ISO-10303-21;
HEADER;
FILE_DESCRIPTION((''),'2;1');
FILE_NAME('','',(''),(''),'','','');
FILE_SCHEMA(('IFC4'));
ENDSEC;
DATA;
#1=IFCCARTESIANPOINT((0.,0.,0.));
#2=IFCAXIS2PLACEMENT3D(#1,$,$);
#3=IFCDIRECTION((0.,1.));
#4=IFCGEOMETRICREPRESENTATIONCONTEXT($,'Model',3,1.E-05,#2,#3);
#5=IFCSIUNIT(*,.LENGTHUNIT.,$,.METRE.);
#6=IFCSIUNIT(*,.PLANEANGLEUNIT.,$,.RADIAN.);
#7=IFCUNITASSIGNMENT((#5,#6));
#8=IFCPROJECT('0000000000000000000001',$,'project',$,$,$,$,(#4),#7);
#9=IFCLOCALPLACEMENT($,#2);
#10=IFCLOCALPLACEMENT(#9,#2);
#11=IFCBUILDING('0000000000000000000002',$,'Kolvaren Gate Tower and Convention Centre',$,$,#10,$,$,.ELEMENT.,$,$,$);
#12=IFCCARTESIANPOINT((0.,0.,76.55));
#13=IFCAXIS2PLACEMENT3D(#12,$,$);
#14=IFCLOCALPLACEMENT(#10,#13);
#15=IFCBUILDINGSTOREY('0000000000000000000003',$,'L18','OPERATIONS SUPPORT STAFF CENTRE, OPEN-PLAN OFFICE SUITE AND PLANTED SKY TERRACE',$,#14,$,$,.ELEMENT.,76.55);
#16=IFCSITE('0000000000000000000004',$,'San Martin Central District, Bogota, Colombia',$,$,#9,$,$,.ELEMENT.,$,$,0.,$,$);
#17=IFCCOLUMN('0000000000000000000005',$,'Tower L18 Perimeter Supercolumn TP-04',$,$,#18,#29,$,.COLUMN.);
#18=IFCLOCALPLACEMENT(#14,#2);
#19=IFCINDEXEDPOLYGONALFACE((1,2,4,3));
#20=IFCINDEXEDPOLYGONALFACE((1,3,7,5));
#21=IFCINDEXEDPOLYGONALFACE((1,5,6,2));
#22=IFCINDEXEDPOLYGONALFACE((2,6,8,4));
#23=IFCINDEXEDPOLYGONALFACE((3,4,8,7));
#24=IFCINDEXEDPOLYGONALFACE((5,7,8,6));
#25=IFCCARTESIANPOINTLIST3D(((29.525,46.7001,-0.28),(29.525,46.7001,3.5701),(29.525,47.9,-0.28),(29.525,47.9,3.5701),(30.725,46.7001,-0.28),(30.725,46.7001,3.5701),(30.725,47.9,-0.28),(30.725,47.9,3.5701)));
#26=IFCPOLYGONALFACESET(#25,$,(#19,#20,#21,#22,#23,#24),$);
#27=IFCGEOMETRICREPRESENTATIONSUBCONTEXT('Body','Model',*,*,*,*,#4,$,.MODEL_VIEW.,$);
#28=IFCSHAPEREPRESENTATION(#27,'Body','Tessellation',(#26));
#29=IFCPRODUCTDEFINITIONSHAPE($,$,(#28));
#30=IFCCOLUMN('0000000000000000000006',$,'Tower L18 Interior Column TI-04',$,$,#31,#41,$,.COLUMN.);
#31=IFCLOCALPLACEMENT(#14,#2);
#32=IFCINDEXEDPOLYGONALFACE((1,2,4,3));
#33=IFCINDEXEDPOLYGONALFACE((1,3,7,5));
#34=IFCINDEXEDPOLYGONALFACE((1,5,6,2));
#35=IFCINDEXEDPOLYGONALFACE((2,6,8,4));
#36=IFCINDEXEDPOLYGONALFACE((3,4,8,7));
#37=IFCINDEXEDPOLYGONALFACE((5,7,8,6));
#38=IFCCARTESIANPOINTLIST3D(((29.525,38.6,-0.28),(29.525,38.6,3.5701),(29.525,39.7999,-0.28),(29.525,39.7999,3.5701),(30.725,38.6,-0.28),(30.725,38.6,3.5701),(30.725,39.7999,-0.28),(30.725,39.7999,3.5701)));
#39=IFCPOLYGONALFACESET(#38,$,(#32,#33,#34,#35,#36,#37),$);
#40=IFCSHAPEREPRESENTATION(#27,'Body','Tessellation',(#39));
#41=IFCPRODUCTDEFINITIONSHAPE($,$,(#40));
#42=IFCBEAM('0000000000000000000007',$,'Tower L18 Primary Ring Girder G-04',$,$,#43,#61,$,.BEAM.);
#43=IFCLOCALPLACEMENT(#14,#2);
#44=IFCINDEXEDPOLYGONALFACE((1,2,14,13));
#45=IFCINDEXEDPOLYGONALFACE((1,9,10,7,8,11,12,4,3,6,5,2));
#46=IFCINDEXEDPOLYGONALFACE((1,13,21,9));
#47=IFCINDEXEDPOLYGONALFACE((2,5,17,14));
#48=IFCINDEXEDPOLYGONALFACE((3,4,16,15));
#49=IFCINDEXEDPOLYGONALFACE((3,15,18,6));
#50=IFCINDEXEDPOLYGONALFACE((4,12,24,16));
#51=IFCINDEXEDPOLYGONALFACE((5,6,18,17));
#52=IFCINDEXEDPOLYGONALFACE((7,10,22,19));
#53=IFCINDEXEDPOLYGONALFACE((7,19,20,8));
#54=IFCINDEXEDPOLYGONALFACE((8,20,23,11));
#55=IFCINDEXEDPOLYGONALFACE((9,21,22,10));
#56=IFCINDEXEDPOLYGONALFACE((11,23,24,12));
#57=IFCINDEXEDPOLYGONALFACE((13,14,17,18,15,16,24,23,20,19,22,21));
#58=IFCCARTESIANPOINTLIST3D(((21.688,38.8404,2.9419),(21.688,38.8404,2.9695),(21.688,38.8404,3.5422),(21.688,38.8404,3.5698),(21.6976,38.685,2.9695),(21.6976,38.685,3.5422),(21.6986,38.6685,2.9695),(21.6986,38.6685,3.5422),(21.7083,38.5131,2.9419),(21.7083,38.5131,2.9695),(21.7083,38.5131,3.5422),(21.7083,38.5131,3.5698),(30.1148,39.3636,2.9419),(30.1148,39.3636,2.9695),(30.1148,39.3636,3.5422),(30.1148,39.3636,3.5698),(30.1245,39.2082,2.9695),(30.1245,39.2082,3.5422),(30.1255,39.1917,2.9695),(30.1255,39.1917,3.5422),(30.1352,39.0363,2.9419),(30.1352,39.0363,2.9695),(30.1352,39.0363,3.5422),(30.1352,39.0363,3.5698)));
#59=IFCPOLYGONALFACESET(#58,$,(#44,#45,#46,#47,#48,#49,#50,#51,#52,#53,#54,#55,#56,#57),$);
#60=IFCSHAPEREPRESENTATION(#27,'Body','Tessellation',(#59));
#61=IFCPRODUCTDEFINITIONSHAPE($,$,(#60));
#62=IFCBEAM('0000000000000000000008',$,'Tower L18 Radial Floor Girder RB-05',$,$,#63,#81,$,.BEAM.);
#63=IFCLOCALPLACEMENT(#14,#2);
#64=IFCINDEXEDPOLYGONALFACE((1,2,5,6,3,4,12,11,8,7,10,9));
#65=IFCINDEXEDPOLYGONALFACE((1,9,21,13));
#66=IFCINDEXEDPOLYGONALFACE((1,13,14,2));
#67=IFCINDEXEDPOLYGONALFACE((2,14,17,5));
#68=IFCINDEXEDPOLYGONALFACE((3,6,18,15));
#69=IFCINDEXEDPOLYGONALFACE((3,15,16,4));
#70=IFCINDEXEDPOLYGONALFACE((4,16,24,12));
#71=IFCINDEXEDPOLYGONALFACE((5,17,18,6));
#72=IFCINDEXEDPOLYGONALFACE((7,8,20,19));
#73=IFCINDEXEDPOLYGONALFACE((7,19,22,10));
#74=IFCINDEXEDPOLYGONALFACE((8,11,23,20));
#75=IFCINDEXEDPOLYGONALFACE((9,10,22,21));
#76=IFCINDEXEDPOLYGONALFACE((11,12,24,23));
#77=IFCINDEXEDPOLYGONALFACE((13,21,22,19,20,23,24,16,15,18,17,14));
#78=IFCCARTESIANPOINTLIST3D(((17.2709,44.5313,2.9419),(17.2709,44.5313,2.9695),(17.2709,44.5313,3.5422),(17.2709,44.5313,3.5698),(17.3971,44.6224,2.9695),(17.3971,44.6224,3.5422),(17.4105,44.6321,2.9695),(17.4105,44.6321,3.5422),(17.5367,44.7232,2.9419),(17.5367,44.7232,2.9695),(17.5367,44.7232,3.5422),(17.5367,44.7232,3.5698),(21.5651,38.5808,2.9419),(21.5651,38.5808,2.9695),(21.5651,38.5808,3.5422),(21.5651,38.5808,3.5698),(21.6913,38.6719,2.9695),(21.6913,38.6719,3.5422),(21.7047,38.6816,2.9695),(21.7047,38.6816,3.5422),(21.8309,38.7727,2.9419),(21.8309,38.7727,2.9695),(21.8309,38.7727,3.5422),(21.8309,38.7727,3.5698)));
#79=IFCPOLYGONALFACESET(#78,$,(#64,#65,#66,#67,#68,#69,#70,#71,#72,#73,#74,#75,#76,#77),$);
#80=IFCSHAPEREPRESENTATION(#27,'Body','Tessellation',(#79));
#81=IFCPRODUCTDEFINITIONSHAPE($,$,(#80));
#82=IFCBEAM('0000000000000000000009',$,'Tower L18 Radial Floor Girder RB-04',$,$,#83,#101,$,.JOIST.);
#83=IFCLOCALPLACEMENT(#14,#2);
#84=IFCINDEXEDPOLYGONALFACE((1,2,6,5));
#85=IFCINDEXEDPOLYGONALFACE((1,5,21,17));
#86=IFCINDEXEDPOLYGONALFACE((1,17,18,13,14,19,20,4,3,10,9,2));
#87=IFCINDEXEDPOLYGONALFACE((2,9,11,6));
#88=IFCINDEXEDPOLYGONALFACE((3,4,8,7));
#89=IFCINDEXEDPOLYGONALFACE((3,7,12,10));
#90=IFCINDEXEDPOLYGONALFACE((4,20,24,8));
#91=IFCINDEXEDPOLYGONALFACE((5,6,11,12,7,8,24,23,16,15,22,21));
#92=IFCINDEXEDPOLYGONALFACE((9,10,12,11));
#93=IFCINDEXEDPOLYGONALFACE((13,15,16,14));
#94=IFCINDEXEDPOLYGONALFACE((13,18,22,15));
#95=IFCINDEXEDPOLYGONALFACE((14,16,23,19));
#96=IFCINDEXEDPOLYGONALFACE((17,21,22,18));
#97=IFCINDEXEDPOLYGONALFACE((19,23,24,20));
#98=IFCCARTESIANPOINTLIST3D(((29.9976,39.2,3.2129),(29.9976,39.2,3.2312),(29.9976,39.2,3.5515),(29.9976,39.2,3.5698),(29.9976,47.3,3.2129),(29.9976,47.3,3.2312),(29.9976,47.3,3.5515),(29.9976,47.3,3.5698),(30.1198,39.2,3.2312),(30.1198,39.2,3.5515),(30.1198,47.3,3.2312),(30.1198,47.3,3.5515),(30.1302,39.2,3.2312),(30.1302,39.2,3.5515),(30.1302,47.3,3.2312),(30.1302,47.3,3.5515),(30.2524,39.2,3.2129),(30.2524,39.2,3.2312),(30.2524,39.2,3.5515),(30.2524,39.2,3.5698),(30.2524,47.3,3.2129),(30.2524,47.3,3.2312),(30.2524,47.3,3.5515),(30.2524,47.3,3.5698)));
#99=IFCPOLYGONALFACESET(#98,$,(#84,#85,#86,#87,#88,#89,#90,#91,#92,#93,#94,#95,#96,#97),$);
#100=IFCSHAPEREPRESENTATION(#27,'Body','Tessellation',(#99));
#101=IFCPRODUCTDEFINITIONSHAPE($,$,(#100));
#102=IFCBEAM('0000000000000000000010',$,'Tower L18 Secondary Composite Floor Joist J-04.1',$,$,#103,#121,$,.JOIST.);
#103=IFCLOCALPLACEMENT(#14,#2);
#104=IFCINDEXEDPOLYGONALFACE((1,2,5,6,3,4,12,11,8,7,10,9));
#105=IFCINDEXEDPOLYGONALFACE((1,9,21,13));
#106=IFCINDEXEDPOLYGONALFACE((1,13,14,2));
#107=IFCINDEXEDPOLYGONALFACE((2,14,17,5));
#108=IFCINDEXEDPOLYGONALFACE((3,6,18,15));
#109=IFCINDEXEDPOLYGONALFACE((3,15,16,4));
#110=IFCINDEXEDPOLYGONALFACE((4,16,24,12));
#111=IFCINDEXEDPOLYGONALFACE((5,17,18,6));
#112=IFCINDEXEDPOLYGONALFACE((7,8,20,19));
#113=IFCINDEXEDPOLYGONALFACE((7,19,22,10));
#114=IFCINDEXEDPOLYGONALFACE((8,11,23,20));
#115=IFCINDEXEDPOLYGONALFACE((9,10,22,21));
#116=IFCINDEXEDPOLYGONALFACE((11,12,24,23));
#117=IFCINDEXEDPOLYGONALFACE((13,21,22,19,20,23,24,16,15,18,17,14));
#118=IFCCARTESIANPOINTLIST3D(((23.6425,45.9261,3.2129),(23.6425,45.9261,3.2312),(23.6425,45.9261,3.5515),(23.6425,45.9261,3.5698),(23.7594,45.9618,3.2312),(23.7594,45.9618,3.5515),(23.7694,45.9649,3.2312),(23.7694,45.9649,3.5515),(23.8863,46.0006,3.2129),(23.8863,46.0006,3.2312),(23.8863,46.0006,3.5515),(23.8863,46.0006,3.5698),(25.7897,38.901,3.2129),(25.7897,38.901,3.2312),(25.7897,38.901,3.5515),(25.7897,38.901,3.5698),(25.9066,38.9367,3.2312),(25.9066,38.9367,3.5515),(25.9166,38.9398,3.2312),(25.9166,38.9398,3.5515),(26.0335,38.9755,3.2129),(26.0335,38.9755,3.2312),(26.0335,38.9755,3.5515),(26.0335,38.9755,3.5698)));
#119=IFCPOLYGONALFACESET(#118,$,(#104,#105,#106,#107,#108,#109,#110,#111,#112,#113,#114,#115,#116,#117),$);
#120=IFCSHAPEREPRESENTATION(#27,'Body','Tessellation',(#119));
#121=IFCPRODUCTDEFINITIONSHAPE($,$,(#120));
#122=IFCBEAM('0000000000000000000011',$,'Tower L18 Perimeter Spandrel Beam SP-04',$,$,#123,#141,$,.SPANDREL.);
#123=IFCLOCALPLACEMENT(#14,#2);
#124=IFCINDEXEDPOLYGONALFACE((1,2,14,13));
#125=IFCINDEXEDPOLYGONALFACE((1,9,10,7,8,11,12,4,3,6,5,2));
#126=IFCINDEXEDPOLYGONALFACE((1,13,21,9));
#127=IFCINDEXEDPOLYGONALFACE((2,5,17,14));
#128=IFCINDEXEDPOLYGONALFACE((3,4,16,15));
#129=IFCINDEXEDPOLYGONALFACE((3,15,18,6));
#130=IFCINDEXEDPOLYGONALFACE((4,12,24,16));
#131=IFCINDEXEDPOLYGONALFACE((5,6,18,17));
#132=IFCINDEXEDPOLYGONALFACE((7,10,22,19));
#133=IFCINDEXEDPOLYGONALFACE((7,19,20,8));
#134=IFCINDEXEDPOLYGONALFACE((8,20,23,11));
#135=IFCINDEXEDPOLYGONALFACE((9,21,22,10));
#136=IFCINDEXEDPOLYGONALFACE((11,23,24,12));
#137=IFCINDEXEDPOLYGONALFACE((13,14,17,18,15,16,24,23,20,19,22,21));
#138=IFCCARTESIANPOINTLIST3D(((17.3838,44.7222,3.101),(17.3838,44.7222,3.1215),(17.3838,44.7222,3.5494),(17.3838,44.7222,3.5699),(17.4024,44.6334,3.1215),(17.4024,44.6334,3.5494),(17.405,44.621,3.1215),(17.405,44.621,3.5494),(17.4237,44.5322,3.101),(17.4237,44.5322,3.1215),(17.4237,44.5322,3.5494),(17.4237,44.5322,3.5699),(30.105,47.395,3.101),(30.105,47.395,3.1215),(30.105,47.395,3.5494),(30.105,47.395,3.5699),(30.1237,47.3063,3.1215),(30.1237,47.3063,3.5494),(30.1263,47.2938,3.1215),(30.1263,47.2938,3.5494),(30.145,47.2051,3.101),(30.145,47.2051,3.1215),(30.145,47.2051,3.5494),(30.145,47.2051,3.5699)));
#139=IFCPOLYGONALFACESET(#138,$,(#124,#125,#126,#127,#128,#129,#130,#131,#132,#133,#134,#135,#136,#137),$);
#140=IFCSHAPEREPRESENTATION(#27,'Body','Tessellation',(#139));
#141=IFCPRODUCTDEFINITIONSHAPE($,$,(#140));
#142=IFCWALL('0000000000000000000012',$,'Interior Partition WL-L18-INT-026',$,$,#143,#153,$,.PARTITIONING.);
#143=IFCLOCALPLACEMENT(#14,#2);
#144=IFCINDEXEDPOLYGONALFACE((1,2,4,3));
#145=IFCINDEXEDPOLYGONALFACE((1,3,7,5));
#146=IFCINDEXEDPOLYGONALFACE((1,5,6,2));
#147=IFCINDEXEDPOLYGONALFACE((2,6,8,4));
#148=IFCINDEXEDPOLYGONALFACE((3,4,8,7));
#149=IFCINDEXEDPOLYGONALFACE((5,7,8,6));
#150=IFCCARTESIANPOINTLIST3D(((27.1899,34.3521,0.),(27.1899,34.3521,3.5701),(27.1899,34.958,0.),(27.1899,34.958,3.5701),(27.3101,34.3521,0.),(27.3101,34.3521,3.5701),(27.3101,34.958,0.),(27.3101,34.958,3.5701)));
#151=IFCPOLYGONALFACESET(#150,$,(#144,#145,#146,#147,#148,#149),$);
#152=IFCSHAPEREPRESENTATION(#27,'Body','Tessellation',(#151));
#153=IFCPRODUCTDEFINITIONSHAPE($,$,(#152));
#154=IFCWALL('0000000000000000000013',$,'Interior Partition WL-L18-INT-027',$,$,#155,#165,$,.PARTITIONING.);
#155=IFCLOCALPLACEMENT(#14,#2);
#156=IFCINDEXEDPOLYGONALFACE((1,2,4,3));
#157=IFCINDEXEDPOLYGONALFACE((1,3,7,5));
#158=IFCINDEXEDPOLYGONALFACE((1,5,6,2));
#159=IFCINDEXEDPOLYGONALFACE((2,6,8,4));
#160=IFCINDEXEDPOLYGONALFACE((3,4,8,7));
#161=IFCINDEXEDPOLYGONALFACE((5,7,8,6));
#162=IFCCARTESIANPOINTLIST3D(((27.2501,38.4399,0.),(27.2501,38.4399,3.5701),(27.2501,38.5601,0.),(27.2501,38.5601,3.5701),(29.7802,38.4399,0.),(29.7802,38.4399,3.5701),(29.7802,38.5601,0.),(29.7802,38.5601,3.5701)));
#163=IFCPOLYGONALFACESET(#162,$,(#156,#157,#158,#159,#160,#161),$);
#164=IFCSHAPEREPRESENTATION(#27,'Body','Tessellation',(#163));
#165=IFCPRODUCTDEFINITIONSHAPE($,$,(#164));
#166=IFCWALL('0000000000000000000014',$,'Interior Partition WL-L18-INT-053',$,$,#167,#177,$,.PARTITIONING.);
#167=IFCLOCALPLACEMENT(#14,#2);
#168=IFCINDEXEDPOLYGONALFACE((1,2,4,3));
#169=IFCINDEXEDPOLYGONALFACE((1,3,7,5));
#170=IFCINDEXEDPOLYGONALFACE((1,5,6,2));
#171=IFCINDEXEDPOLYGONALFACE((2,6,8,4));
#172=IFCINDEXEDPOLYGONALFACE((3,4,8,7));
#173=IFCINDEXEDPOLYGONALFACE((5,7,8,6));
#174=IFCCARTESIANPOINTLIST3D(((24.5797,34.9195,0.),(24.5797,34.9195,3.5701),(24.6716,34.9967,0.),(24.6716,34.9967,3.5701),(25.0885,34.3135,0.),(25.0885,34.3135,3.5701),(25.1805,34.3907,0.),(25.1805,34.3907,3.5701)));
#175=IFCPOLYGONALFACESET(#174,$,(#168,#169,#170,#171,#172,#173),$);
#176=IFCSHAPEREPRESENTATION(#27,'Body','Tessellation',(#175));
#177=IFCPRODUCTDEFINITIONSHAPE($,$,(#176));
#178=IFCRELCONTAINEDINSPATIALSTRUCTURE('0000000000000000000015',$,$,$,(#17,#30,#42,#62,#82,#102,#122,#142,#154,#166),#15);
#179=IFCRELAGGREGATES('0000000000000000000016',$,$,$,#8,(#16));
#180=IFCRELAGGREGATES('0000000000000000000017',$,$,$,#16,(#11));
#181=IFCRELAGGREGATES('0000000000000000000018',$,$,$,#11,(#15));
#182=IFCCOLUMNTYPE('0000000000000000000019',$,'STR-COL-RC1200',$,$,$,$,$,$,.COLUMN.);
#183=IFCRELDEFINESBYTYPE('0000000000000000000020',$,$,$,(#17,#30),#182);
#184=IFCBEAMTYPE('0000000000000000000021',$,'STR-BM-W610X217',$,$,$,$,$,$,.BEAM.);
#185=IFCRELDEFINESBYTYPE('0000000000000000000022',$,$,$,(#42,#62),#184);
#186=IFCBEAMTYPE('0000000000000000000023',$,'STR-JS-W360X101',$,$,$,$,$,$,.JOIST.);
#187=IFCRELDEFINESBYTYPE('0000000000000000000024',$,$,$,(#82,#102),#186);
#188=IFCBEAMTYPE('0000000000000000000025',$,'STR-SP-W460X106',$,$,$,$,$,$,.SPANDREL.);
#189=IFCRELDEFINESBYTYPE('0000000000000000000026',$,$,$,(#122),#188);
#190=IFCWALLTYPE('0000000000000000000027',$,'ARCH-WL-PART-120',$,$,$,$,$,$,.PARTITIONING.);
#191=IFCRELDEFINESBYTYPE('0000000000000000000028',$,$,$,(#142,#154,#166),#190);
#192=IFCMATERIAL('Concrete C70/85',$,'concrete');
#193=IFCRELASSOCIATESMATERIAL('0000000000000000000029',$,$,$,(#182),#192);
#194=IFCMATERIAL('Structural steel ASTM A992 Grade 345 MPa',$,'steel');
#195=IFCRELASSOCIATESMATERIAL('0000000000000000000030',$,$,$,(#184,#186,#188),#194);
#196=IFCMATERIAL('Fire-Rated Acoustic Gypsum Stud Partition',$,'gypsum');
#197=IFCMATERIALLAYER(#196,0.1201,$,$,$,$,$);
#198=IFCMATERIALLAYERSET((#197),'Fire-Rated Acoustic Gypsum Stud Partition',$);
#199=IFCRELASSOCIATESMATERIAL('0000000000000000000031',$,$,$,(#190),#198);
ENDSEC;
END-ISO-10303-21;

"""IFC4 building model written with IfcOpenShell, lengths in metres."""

from ifc_helpers import new_model, si_unit, direction, frame, frame_2d, origin, origin_2d, place, context, subcontext, project, spatial, rectangle, i_section, extrude, material, layer, layer_set, material_profile, profile_set, type_object, element, save


model = new_model("IFC4")

# Units and contexts
model_context = context("Model", 3, precision=1e-05, world=origin(), true_north=direction((0.0, 1.0)))
body_context = subcontext(model_context, "Body", "Model", "MODEL_VIEW")
ifc_project = project(units=[si_unit("LENGTHUNIT", "METRE"), si_unit("PLANEANGLEUNIT", "RADIAN")], contexts=[model_context])

# Site, building, storey
site_placement = place(None, origin())
site = spatial("IfcSite", under=ifc_project, at=site_placement, Name="San Martin Central District, Bogota, Colombia", CompositionType="ELEMENT", RefElevation=0.0)
building_placement = place(site_placement, origin())
building = spatial("IfcBuilding", under=site, at=building_placement, Name="Kolvaren Gate Tower and Convention Centre", CompositionType="ELEMENT")
storey_placement = place(building_placement, frame((0.0, 0.0, 76.55)))
storey = spatial("IfcBuildingStorey", under=building, at=storey_placement, Name="L18", Description="OPERATIONS SUPPORT STAFF CENTRE, OPEN-PLAN OFFICE SUITE AND PLANTED SKY TERRACE", CompositionType="ELEMENT", Elevation=76.55)

# Columns
ifc_material_1 = material(Name="Concrete C70/85", Category="concrete")
ifc_material_profile_1 = material_profile(ifc_material_1, rectangle(XDim=1.2, YDim=1.2, at=origin_2d()), Name="RC-COL-1200X1200")
ifc_profile_set_1 = profile_set([ifc_material_profile_1], Name="Concrete C70/85")
column_type = type_object("IfcColumnType", Name="STR-COL-RC1200", PredefinedType="COLUMN", material=ifc_profile_set_1)
for number, where, z_axis, x_axis, name in (
    (1, (30.125, 47.3, -0.28), (0.0, 0.0, 1.0), (1.0, 0.0, 0.0), "Tower L18 Perimeter Supercolumn TP-04"),
    (2, (30.125, 39.2, -0.28), (0.0, 0.0, 1.0), (1.0, 0.0, 0.0), "Tower L18 Interior Column TI-04"),
):
    element("IfcColumn", number, at=place(storey_placement, frame(where, z_axis=z_axis, x_axis=x_axis)), inside=storey, type_object=column_type, Name=name, PredefinedType="COLUMN", context=body_context, shape_type="SweptSolid", body=[
        extrude(rectangle(XDim=1.2, YDim=1.2, at=origin_2d()), origin(), (0.0, 0.0, 1.0), 3.8501),
    ])

# Beams
ifc_material_2 = material(Name="Structural steel ASTM A992 Grade 345 MPa", Category="steel")
ifc_material_profile_2 = material_profile(ifc_material_2, i_section(OverallWidth=0.3279, OverallDepth=0.6279, WebThickness=0.0166, FlangeThickness=0.0276, at=origin_2d()), Name="W610X217")
ifc_profile_set_2 = profile_set([ifc_material_profile_2], Name="Structural steel ASTM A992 Grade 345 MPa")
beam_type_1 = type_object("IfcBeamType", Name="STR-BM-W610X217", PredefinedType="BEAM", material=ifc_profile_set_2)
beam_1_placement = place(storey_placement, frame((30.125, 39.2, 3.2559), z_axis=(-0.998078, -0.061966, 0.0), x_axis=(0.061966, -0.998078, 0.0)))
element("IfcBeam", 3, at=beam_1_placement, inside=storey, type_object=beam_type_1, Name="Tower L18 Primary Ring Girder G-04", PredefinedType="BEAM", context=body_context, shape_type="SweptSolid", body=[
    extrude(i_section(OverallWidth=0.3279, OverallDepth=0.6279, WebThickness=0.0166, FlangeThickness=0.0276, at=origin_2d()), origin(), (0.0, 0.0, 1.0), 8.4431),
])
beam_2_placement = place(storey_placement, frame((21.698, 38.6768, 3.2559), z_axis=(-0.58519, 0.810896, 0.0), x_axis=(-0.810896, -0.58519, 0.0)))
element("IfcBeam", 4, at=beam_2_placement, inside=storey, type_object=beam_type_1, Name="Tower L18 Radial Floor Girder RB-05", PredefinedType="BEAM", context=body_context, shape_type="SweptSolid", body=[
    extrude(i_section(OverallWidth=0.3279, OverallDepth=0.6279, WebThickness=0.0166, FlangeThickness=0.0276, at=origin_2d()), origin(), (0.0, 0.0, 1.0), 7.3381),
])
ifc_material_profile_3 = material_profile(ifc_material_2, i_section(OverallWidth=0.2549, OverallDepth=0.3569, WebThickness=0.0105, FlangeThickness=0.0183, at=origin_2d()), Name="W360X101")
ifc_profile_set_3 = profile_set([ifc_material_profile_3], Name="Structural steel ASTM A992 Grade 345 MPa")
beam_type_2 = type_object("IfcBeamType", Name="STR-JS-W360X101", PredefinedType="JOIST", material=ifc_profile_set_3)
beam_3_placement = place(storey_placement, frame((30.125, 39.2, 3.3914), z_axis=(0.0, 1.0, 0.0), x_axis=(-1.0, 0.0, 0.0)))
element("IfcBeam", 5, at=beam_3_placement, inside=storey, type_object=beam_type_2, Name="Tower L18 Radial Floor Girder RB-04", PredefinedType="JOIST", context=body_context, shape_type="SweptSolid", body=[
    extrude(i_section(OverallWidth=0.2549, OverallDepth=0.3569, WebThickness=0.0105, FlangeThickness=0.0183, at=origin_2d()), origin(), (0.0, 0.0, 1.0), 8.1001),
])
beam_4_placement = place(storey_placement, frame((25.9116, 38.9382, 3.3914), z_axis=(-0.292299, 0.956327, 0.0), x_axis=(-0.956327, -0.292299, 0.0)))
element("IfcBeam", 6, at=beam_4_placement, inside=storey, type_object=beam_type_2, Name="Tower L18 Secondary Composite Floor Joist J-04.1", PredefinedType="JOIST", context=body_context, shape_type="SweptSolid", body=[
    extrude(i_section(OverallWidth=0.2549, OverallDepth=0.3569, WebThickness=0.0105, FlangeThickness=0.0183, at=origin_2d()), origin(), (0.0, 0.0, 1.0), 7.3459),
])
ifc_material_profile_4 = material_profile(ifc_material_2, i_section(OverallWidth=0.1941, OverallDepth=0.469, WebThickness=0.0127, FlangeThickness=0.0205, at=origin_2d()), Name="W460X106")
ifc_profile_set_4 = profile_set([ifc_material_profile_4], Name="Structural steel ASTM A992 Grade 345 MPa")
beam_type_3 = type_object("IfcBeamType", Name="STR-SP-W460X106", PredefinedType="SPANDREL", material=ifc_profile_set_4)
beam_5_placement = place(storey_placement, frame((30.125, 47.3, 3.3354), z_axis=(-0.978632, -0.20562, 0.0), x_axis=(0.20562, -0.978632, 0.0)))
element("IfcBeam", 7, at=beam_5_placement, inside=storey, type_object=beam_type_3, Name="Tower L18 Perimeter Spandrel Beam SP-04", PredefinedType="SPANDREL", context=body_context, shape_type="SweptSolid", body=[
    extrude(i_section(OverallWidth=0.1941, OverallDepth=0.469, WebThickness=0.0127, FlangeThickness=0.0205, at=origin_2d()), origin(), (0.0, 0.0, 1.0), 12.999),
])

# Walls
ifc_material_3 = material(Name="Fire-Rated Acoustic Gypsum Stud Partition", Category="gypsum")
ifc_layer_1 = layer(ifc_material_3, 0.1201)
ifc_layer_set_1 = layer_set([ifc_layer_1], Name="Fire-Rated Acoustic Gypsum Stud Partition")
wall_type_1 = type_object("IfcWallType", Name="ARCH-WL-PART-120", PredefinedType="PARTITIONING", material=ifc_layer_set_1)
wall_1_placement = place(storey_placement, frame((27.25, 34.3521, 0.0), z_axis=(0.0, 0.0, 1.0), x_axis=(0.0, 1.0, 0.0)))
element("IfcWall", 8, at=wall_1_placement, inside=storey, type_object=wall_type_1, Name="Interior Partition WL-L18-INT-026", PredefinedType="PARTITIONING", context=body_context, shape_type="SweptSolid", body=[
    extrude(rectangle(XDim=0.606, YDim=0.1201, at=frame_2d((0.303, 0.0))), origin(), (0.0, 0.0, 1.0), 3.5701),
])
wall_2_placement = place(storey_placement, frame((27.25, 38.5, 0.0), z_axis=(0.0, 0.0, 1.0), x_axis=(1.0, 0.0, 0.0)))
element("IfcWall", 9, at=wall_2_placement, inside=storey, type_object=wall_type_1, Name="Interior Partition WL-L18-INT-027", PredefinedType="PARTITIONING", context=body_context, shape_type="SweptSolid", body=[
    extrude(rectangle(XDim=2.53, YDim=0.1201, at=frame_2d((1.2651, 0.0))), origin(), (0.0, 0.0, 1.0), 3.5701),
])
wall_3_placement = place(storey_placement, frame((24.6257, 34.958, 0.0), z_axis=(0.0, 0.0, 1.0), x_axis=(0.643033, -0.765839, 0.0)))
element("IfcWall", 10, at=wall_3_placement, inside=storey, type_object=wall_type_1, Name="Interior Partition WL-L18-INT-053", PredefinedType="PARTITIONING", context=body_context, shape_type="SweptSolid", body=[
    extrude(rectangle(XDim=0.7913, YDim=0.1201, at=frame_2d((0.3955, 0.0))), origin(), (0.0, 0.0, 1.0), 3.5701),
])

save(model, "model.ifc")
